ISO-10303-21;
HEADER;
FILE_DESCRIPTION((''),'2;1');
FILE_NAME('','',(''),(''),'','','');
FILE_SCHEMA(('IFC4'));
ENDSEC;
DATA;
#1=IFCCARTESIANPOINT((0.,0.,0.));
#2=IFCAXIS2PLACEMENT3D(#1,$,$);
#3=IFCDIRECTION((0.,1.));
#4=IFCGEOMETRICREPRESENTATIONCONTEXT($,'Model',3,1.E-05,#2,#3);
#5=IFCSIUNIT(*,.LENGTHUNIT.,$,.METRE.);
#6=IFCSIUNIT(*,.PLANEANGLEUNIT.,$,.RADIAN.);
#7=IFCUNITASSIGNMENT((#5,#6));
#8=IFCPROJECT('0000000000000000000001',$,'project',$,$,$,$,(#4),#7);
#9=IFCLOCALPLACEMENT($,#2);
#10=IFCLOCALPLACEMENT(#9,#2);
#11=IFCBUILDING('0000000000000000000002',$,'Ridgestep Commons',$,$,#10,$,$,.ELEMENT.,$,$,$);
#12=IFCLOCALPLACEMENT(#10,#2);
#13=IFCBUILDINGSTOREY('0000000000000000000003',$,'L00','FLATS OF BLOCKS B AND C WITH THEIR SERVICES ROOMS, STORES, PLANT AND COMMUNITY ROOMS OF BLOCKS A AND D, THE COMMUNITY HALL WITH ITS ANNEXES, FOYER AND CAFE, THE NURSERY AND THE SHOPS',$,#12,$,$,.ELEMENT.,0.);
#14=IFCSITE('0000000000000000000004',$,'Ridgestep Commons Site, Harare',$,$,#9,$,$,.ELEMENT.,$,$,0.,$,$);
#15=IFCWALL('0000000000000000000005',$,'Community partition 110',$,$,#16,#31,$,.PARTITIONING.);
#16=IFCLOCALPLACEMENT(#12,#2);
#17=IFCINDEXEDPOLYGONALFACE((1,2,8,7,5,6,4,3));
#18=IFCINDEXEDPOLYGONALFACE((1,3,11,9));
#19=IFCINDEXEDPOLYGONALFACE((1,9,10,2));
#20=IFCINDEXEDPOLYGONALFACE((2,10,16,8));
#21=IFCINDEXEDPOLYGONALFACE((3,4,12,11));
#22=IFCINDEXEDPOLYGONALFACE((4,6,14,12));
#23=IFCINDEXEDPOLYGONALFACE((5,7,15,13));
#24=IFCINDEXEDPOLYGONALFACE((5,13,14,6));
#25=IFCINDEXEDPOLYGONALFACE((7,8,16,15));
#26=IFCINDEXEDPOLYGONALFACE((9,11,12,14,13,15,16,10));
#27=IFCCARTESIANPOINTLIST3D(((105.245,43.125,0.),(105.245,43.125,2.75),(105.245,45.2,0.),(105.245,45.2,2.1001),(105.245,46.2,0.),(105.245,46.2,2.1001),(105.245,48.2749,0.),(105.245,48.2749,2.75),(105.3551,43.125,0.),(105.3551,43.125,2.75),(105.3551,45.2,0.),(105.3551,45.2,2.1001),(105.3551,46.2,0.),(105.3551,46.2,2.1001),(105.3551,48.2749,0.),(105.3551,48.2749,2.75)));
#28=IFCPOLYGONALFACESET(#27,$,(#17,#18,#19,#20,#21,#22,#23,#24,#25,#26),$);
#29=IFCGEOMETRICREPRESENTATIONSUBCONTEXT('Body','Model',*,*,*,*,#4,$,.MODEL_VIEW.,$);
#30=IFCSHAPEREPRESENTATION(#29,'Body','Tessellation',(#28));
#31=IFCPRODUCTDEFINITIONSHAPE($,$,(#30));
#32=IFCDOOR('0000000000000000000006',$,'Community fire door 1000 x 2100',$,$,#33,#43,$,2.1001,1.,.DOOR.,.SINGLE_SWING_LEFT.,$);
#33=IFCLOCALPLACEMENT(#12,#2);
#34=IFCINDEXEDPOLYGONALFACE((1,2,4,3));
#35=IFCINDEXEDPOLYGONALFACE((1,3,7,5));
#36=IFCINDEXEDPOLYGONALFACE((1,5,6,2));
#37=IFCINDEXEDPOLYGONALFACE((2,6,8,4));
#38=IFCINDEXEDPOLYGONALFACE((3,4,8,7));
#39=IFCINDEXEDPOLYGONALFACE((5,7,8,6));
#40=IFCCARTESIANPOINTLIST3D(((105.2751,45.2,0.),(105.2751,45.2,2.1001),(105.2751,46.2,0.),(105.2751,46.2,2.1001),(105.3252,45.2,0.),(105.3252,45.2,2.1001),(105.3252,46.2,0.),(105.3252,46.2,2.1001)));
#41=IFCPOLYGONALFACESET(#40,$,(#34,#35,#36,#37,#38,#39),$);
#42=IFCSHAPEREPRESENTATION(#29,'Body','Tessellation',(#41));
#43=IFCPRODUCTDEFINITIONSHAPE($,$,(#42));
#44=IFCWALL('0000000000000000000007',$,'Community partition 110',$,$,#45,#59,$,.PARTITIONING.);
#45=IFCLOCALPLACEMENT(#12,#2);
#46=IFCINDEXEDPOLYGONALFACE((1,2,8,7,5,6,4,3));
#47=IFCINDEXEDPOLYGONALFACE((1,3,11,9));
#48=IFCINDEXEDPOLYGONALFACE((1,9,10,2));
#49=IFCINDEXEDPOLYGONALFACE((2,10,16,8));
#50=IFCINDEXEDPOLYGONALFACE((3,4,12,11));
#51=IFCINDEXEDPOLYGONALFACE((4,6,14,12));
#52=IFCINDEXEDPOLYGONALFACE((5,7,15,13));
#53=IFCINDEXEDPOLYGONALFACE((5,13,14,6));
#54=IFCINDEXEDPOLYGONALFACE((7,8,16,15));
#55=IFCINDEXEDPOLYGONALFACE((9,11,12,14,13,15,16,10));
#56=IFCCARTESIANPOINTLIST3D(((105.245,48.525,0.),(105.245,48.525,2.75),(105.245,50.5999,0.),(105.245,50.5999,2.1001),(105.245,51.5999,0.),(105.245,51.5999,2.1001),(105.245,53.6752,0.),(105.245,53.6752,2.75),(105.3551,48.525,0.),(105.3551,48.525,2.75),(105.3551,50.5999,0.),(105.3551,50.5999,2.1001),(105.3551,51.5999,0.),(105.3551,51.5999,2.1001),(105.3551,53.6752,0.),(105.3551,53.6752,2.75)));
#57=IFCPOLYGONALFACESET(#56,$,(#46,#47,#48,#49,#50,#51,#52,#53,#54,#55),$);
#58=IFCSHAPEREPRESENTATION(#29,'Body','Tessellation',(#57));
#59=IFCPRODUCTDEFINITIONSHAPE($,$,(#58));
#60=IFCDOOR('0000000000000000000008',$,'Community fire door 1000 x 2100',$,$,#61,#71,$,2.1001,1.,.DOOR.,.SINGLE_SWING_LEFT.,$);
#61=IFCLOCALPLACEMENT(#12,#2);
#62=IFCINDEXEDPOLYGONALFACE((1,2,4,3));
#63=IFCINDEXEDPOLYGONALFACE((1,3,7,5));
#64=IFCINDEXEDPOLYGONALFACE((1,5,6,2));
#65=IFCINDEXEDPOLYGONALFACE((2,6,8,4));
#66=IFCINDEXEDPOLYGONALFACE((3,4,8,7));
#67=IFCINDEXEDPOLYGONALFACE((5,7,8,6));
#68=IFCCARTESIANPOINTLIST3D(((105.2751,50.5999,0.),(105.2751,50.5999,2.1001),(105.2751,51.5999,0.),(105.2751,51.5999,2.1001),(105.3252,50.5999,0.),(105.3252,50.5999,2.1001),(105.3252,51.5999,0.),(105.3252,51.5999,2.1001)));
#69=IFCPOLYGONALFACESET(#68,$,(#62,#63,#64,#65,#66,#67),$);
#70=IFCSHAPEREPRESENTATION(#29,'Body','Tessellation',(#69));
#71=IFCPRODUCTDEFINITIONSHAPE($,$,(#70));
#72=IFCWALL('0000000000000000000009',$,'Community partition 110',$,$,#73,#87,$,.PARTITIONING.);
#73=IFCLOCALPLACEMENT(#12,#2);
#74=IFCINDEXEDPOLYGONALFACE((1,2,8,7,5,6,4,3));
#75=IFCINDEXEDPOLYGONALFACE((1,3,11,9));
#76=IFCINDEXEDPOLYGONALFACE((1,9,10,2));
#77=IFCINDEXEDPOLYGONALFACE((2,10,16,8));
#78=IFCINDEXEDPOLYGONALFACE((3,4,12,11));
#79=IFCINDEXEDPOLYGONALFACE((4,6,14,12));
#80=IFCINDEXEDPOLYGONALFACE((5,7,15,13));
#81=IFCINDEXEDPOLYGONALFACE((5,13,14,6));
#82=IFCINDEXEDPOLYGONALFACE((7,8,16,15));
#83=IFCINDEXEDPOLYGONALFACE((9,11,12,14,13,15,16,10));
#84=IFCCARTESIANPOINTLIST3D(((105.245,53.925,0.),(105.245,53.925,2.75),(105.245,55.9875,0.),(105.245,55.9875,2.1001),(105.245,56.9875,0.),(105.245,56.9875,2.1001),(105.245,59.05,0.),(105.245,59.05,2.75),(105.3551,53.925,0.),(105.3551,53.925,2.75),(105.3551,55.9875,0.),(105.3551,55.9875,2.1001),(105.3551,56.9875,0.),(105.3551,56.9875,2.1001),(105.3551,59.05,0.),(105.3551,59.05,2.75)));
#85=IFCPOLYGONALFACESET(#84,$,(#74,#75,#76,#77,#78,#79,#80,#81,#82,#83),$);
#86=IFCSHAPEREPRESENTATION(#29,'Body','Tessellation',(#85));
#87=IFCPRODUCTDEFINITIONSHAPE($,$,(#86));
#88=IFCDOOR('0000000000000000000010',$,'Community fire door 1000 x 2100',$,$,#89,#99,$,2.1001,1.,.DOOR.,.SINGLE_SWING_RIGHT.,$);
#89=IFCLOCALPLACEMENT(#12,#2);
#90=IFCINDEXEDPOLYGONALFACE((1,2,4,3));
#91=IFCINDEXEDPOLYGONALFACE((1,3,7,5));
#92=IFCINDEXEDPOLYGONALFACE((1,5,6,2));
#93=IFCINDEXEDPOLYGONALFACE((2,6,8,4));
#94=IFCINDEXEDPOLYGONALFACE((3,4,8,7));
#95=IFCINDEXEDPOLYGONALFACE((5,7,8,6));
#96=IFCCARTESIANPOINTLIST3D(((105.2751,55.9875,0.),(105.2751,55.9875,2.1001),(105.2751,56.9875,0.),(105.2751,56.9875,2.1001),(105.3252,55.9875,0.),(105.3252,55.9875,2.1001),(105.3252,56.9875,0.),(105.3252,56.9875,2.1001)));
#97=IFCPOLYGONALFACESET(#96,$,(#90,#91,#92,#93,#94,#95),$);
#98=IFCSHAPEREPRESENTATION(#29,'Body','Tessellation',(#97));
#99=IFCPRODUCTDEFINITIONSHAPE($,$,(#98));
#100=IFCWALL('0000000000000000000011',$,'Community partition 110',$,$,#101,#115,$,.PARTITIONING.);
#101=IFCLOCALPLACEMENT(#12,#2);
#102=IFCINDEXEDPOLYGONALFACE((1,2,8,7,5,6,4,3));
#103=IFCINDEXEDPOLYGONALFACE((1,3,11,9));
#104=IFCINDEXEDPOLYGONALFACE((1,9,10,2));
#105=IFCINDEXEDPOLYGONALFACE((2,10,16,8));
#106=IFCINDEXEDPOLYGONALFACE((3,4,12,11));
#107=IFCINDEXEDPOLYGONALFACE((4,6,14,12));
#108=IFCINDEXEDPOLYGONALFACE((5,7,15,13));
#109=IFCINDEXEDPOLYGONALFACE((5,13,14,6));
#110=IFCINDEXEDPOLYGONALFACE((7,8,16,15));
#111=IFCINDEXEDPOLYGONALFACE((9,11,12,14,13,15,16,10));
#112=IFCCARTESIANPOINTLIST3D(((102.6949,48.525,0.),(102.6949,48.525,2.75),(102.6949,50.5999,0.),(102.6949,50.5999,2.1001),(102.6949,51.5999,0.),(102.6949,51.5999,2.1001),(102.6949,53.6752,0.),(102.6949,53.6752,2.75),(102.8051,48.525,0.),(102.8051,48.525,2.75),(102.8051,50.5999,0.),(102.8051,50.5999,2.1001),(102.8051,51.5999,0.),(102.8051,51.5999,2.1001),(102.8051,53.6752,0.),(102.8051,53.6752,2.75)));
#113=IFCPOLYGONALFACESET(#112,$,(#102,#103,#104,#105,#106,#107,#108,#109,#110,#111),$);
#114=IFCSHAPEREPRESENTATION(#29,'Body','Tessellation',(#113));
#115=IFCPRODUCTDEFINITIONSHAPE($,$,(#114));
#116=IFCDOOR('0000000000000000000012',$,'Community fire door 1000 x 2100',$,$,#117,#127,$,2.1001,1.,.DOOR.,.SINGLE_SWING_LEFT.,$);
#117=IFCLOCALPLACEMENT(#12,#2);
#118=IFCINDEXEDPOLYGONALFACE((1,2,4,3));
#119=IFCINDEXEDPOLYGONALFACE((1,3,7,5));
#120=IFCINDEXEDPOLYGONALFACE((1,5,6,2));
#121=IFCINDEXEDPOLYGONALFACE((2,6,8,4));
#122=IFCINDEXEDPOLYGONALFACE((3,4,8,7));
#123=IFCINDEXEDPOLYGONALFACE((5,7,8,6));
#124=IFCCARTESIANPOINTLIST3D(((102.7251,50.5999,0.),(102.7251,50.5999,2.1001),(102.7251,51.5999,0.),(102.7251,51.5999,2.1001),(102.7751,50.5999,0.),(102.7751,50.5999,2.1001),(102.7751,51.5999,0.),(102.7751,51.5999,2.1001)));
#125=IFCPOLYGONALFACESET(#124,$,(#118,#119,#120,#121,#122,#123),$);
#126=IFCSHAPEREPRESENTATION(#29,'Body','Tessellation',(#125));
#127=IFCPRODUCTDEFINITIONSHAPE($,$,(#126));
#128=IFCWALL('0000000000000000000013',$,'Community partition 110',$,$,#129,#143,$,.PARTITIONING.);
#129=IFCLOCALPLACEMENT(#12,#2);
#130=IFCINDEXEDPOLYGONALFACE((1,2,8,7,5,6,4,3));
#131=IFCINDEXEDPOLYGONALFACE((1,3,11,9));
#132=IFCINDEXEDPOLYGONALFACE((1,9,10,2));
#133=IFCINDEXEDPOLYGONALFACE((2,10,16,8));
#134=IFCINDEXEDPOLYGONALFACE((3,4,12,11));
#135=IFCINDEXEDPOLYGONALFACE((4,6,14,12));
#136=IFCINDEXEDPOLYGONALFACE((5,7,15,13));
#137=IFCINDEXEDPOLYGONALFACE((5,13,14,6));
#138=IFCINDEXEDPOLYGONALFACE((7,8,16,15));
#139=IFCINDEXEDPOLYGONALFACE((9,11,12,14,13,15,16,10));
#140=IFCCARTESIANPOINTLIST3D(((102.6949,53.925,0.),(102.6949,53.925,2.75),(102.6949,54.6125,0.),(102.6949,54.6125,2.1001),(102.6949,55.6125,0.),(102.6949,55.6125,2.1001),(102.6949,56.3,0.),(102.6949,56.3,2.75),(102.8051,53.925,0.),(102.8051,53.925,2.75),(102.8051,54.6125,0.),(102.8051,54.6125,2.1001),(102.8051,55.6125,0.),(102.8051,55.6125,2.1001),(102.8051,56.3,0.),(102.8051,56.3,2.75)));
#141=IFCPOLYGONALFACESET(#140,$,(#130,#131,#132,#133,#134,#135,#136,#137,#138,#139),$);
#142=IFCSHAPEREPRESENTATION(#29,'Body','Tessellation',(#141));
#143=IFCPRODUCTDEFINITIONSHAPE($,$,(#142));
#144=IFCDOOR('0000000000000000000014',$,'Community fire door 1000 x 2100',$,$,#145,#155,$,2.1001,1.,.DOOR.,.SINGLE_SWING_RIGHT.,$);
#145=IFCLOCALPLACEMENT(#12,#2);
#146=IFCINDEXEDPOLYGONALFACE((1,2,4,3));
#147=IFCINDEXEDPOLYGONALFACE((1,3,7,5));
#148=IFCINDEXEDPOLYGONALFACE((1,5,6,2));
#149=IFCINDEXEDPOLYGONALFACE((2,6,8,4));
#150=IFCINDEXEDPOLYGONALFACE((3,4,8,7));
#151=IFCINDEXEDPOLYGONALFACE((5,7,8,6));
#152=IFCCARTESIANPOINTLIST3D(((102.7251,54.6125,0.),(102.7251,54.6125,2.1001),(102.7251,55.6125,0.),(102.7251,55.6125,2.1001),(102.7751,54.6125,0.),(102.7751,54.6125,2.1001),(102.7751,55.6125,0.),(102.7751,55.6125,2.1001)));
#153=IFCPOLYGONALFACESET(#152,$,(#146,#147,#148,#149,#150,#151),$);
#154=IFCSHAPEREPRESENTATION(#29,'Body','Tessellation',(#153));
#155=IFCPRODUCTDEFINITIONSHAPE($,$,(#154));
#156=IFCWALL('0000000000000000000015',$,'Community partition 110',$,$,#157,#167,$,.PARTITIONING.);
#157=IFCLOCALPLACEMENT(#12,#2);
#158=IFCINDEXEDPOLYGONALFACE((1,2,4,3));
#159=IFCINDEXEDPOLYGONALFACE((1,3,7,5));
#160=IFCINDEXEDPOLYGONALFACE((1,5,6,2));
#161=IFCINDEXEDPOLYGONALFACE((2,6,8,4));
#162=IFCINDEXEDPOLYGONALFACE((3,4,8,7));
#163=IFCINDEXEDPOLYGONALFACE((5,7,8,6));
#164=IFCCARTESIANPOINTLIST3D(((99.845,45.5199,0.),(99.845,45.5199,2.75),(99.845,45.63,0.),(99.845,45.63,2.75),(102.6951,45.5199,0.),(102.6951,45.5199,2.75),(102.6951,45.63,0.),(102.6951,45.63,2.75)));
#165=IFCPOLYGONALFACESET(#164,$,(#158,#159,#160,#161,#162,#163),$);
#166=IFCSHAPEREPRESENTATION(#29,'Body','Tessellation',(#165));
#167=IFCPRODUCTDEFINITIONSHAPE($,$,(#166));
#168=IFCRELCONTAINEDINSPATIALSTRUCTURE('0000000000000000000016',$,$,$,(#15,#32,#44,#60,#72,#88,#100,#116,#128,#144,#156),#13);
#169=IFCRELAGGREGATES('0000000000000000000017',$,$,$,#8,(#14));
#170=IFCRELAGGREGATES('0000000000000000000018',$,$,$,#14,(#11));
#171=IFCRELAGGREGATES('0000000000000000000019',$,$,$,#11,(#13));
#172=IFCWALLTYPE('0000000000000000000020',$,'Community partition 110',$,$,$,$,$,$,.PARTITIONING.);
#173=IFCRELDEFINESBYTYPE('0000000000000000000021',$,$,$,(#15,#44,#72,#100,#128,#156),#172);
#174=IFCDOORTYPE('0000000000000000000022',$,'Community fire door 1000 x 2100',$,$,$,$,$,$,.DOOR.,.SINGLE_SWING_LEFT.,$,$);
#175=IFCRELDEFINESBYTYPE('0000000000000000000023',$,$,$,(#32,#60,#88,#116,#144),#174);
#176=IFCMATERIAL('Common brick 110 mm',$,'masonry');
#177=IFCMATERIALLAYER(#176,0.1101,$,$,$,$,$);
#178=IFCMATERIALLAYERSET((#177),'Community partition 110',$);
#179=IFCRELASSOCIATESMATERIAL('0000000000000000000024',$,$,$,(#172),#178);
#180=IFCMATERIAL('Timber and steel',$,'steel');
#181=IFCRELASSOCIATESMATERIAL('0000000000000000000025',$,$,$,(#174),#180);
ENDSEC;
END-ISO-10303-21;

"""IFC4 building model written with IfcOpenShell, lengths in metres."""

from ifc_helpers import new_model, si_unit, direction, frame, frame_2d, origin, place, context, subcontext, project, spatial, rectangle, extrude, material, layer, layer_set, type_object, element, fill, save


model = new_model("IFC4")

# Units and contexts
model_context = context("Model", 3, precision=1e-05, world=origin(), true_north=direction((0.0, 1.0)))
body_context = subcontext(model_context, "Body", "Model", "MODEL_VIEW")
ifc_project = project(units=[si_unit("LENGTHUNIT", "METRE"), si_unit("PLANEANGLEUNIT", "RADIAN")], contexts=[model_context])

# Site, building, storey
site_placement = place(None, origin())
site = spatial("IfcSite", under=ifc_project, at=site_placement, Name="Ridgestep Commons Site, Harare", CompositionType="ELEMENT", RefElevation=0.0)
building_placement = place(site_placement, origin())
building = spatial("IfcBuilding", under=site, at=building_placement, Name="Ridgestep Commons", CompositionType="ELEMENT")
storey_placement = place(building_placement, origin())
storey = spatial("IfcBuildingStorey", under=building, at=storey_placement, Name="L00", Description="FLATS OF BLOCKS B AND C WITH THEIR SERVICES ROOMS, STORES, PLANT AND COMMUNITY ROOMS OF BLOCKS A AND D, THE COMMUNITY HALL WITH ITS ANNEXES, FOYER AND CAFE, THE NURSERY AND THE SHOPS", CompositionType="ELEMENT", Elevation=0.0)

# Walls, openings, doors
ifc_material_1 = material(Name="Common brick 110 mm", Category="masonry")
ifc_layer_1 = layer(ifc_material_1, 0.1101)
ifc_layer_set_1 = layer_set([ifc_layer_1], Name="Community partition 110")
wall_type_1 = type_object("IfcWallType", Name="Community partition 110", PredefinedType="PARTITIONING", material=ifc_layer_set_1)
wall_1_placement = place(storey_placement, frame((105.3, 43.125, 0.0), z_axis=(0.0, 0.0, 1.0), x_axis=(0.0, 1.0, 0.0)))
wall_1 = element("IfcWall", 1, at=wall_1_placement, inside=storey, type_object=wall_type_1, Name="Community partition 110", PredefinedType="PARTITIONING", context=body_context, shape_type="SweptSolid", body=[
    extrude(rectangle(XDim=5.1499, YDim=0.1101, at=frame_2d((2.575, 0.0))), origin(), (0.0, 0.0, 1.0), 2.75),
])
opening_1_placement = place(wall_1_placement, frame((2.075, 0.0, 0.0)))
opening_1 = element("IfcOpeningElement", 2, at=opening_1_placement, cuts=wall_1, PredefinedType="OPENING", context=body_context, shape_type="SweptSolid", body=[
    extrude(rectangle(XDim=1.0, YDim=2.1001, at=frame_2d((0.5, 1.05))), frame((0.0, 0.0649, 0.0), z_axis=(0.0, -1.0, 0.0), x_axis=(1.0, 0.0, 0.0)), (0.0, 0.0, 1.0), 0.1301),
])
ifc_material_2 = material(Name="Timber and steel", Category="steel")
door_type = type_object("IfcDoorType", Name="Community fire door 1000 x 2100", OperationType="SINGLE_SWING_LEFT", PredefinedType="DOOR", material=ifc_material_2)
door_1_placement = place(opening_1_placement, origin())
door_1 = element("IfcDoor", 3, at=door_1_placement, inside=storey, type_object=door_type, Name="Community fire door 1000 x 2100", OperationType="SINGLE_SWING_LEFT", OverallHeight=2.1001, OverallWidth=1.0, PredefinedType="DOOR", context=body_context, shape_type="SweptSolid", body=[
    extrude(rectangle(XDim=1.0, YDim=2.1001, at=frame_2d((0.5, 1.05))), frame((0.0, 0.0249, 0.0), z_axis=(0.0, -1.0, 0.0), x_axis=(1.0, 0.0, 0.0)), (0.0, 0.0, 1.0), 0.05),
])
fill(opening_1, door_1)
wall_2_placement = place(storey_placement, frame((105.3, 48.5249, 0.0), z_axis=(0.0, 0.0, 1.0), x_axis=(0.0, 1.0, 0.0)))
wall_2 = element("IfcWall", 4, at=wall_2_placement, inside=storey, type_object=wall_type_1, Name="Community partition 110", PredefinedType="PARTITIONING", context=body_context, shape_type="SweptSolid", body=[
    extrude(rectangle(XDim=5.1501, YDim=0.1101, at=frame_2d((2.5752, 0.0))), origin(), (0.0, 0.0, 1.0), 2.75),
])
opening_2_placement = place(wall_2_placement, frame((2.075, 0.0, 0.0)))
opening_2 = element("IfcOpeningElement", 5, at=opening_2_placement, cuts=wall_2, PredefinedType="OPENING", context=body_context, shape_type="SweptSolid", body=[
    extrude(rectangle(XDim=1.0, YDim=2.1001, at=frame_2d((0.5, 1.05))), frame((0.0, 0.0649, 0.0), z_axis=(0.0, -1.0, 0.0), x_axis=(1.0, 0.0, 0.0)), (0.0, 0.0, 1.0), 0.1301),
])
door_2_placement = place(opening_2_placement, origin())
door_2 = element("IfcDoor", 6, at=door_2_placement, inside=storey, type_object=door_type, Name="Community fire door 1000 x 2100", OperationType="SINGLE_SWING_LEFT", OverallHeight=2.1001, OverallWidth=1.0, PredefinedType="DOOR", context=body_context, shape_type="SweptSolid", body=[
    extrude(rectangle(XDim=1.0, YDim=2.1001, at=frame_2d((0.5, 1.05))), frame((0.0, 0.0249, 0.0), z_axis=(0.0, -1.0, 0.0), x_axis=(1.0, 0.0, 0.0)), (0.0, 0.0, 1.0), 0.05),
])
fill(opening_2, door_2)
wall_3_placement = place(storey_placement, frame((105.3, 53.925, 0.0), z_axis=(0.0, 0.0, 1.0), x_axis=(0.0, 1.0, 0.0)))
wall_3 = element("IfcWall", 7, at=wall_3_placement, inside=storey, type_object=wall_type_1, Name="Community partition 110", PredefinedType="PARTITIONING", context=body_context, shape_type="SweptSolid", body=[
    extrude(rectangle(XDim=5.125, YDim=0.1101, at=frame_2d((2.5625, 0.0))), origin(), (0.0, 0.0, 1.0), 2.75),
])
opening_3_placement = place(wall_3_placement, frame((2.0625, 0.0, 0.0)))
opening_3 = element("IfcOpeningElement", 8, at=opening_3_placement, cuts=wall_3, PredefinedType="OPENING", context=body_context, shape_type="SweptSolid", body=[
    extrude(rectangle(XDim=1.0, YDim=2.1001, at=frame_2d((0.5, 1.05))), frame((0.0, 0.0649, 0.0), z_axis=(0.0, -1.0, 0.0), x_axis=(1.0, 0.0, 0.0)), (0.0, 0.0, 1.0), 0.1301),
])
door_3_placement = place(opening_3_placement, origin())
door_3 = element("IfcDoor", 9, at=door_3_placement, inside=storey, type_object=door_type, Name="Community fire door 1000 x 2100", OperationType="SINGLE_SWING_RIGHT", OverallHeight=2.1001, OverallWidth=1.0, PredefinedType="DOOR", context=body_context, shape_type="SweptSolid", body=[
    extrude(rectangle(XDim=1.0, YDim=2.1001, at=frame_2d((0.5, 1.05))), frame((0.0, 0.0249, 0.0), z_axis=(0.0, -1.0, 0.0), x_axis=(1.0, 0.0, 0.0)), (0.0, 0.0, 1.0), 0.05),
])
fill(opening_3, door_3)
wall_4_placement = place(storey_placement, frame((102.75, 48.5249, 0.0), z_axis=(0.0, 0.0, 1.0), x_axis=(0.0, 1.0, 0.0)))
wall_4 = element("IfcWall", 10, at=wall_4_placement, inside=storey, type_object=wall_type_1, Name="Community partition 110", PredefinedType="PARTITIONING", context=body_context, shape_type="SweptSolid", body=[
    extrude(rectangle(XDim=5.1501, YDim=0.1101, at=frame_2d((2.5752, 0.0))), origin(), (0.0, 0.0, 1.0), 2.75),
])
opening_4_placement = place(wall_4_placement, frame((2.075, 0.0, 0.0)))
opening_4 = element("IfcOpeningElement", 11, at=opening_4_placement, cuts=wall_4, PredefinedType="OPENING", context=body_context, shape_type="SweptSolid", body=[
    extrude(rectangle(XDim=1.0, YDim=2.1001, at=frame_2d((0.5, 1.05))), frame((0.0, 0.0649, 0.0), z_axis=(0.0, -1.0, 0.0), x_axis=(1.0, 0.0, 0.0)), (0.0, 0.0, 1.0), 0.1301),
])
door_4_placement = place(opening_4_placement, origin())
door_4 = element("IfcDoor", 12, at=door_4_placement, inside=storey, type_object=door_type, Name="Community fire door 1000 x 2100", OperationType="SINGLE_SWING_LEFT", OverallHeight=2.1001, OverallWidth=1.0, PredefinedType="DOOR", context=body_context, shape_type="SweptSolid", body=[
    extrude(rectangle(XDim=1.0, YDim=2.1001, at=frame_2d((0.5, 1.05))), frame((0.0, 0.0249, 0.0), z_axis=(0.0, -1.0, 0.0), x_axis=(1.0, 0.0, 0.0)), (0.0, 0.0, 1.0), 0.05),
])
fill(opening_4, door_4)
wall_5_placement = place(storey_placement, frame((102.75, 53.925, 0.0), z_axis=(0.0, 0.0, 1.0), x_axis=(0.0, 1.0, 0.0)))
wall_5 = element("IfcWall", 13, at=wall_5_placement, inside=storey, type_object=wall_type_1, Name="Community partition 110", PredefinedType="PARTITIONING", context=body_context, shape_type="SweptSolid", body=[
    extrude(rectangle(XDim=2.375, YDim=0.1101, at=frame_2d((1.1875, 0.0))), origin(), (0.0, 0.0, 1.0), 2.75),
])
opening_5_placement = place(wall_5_placement, frame((0.6875, 0.0, 0.0)))
opening_5 = element("IfcOpeningElement", 14, at=opening_5_placement, cuts=wall_5, PredefinedType="OPENING", context=body_context, shape_type="SweptSolid", body=[
    extrude(rectangle(XDim=1.0, YDim=2.1001, at=frame_2d((0.5, 1.05))), frame((0.0, 0.0649, 0.0), z_axis=(0.0, -1.0, 0.0), x_axis=(1.0, 0.0, 0.0)), (0.0, 0.0, 1.0), 0.1301),
])
door_5_placement = place(opening_5_placement, origin())
door_5 = element("IfcDoor", 15, at=door_5_placement, inside=storey, type_object=door_type, Name="Community fire door 1000 x 2100", OperationType="SINGLE_SWING_RIGHT", OverallHeight=2.1001, OverallWidth=1.0, PredefinedType="DOOR", context=body_context, shape_type="SweptSolid", body=[
    extrude(rectangle(XDim=1.0, YDim=2.1001, at=frame_2d((0.5, 1.05))), frame((0.0, 0.0249, 0.0), z_axis=(0.0, -1.0, 0.0), x_axis=(1.0, 0.0, 0.0)), (0.0, 0.0, 1.0), 0.05),
])
fill(opening_5, door_5)

# Wall
wall_6_placement = place(storey_placement, frame((102.6951, 45.575, 0.0), z_axis=(0.0, 0.0, 1.0), x_axis=(-1.0, 0.0, 0.0)))
element("IfcWall", 16, at=wall_6_placement, inside=storey, type_object=wall_type_1, Name="Community partition 110", PredefinedType="PARTITIONING", context=body_context, shape_type="SweptSolid", body=[
    extrude(rectangle(XDim=2.8501, YDim=0.1101, at=frame_2d((1.425, 0.0))), origin(), (0.0, 0.0, 1.0), 2.75),
])

save(model, "model.ifc")
